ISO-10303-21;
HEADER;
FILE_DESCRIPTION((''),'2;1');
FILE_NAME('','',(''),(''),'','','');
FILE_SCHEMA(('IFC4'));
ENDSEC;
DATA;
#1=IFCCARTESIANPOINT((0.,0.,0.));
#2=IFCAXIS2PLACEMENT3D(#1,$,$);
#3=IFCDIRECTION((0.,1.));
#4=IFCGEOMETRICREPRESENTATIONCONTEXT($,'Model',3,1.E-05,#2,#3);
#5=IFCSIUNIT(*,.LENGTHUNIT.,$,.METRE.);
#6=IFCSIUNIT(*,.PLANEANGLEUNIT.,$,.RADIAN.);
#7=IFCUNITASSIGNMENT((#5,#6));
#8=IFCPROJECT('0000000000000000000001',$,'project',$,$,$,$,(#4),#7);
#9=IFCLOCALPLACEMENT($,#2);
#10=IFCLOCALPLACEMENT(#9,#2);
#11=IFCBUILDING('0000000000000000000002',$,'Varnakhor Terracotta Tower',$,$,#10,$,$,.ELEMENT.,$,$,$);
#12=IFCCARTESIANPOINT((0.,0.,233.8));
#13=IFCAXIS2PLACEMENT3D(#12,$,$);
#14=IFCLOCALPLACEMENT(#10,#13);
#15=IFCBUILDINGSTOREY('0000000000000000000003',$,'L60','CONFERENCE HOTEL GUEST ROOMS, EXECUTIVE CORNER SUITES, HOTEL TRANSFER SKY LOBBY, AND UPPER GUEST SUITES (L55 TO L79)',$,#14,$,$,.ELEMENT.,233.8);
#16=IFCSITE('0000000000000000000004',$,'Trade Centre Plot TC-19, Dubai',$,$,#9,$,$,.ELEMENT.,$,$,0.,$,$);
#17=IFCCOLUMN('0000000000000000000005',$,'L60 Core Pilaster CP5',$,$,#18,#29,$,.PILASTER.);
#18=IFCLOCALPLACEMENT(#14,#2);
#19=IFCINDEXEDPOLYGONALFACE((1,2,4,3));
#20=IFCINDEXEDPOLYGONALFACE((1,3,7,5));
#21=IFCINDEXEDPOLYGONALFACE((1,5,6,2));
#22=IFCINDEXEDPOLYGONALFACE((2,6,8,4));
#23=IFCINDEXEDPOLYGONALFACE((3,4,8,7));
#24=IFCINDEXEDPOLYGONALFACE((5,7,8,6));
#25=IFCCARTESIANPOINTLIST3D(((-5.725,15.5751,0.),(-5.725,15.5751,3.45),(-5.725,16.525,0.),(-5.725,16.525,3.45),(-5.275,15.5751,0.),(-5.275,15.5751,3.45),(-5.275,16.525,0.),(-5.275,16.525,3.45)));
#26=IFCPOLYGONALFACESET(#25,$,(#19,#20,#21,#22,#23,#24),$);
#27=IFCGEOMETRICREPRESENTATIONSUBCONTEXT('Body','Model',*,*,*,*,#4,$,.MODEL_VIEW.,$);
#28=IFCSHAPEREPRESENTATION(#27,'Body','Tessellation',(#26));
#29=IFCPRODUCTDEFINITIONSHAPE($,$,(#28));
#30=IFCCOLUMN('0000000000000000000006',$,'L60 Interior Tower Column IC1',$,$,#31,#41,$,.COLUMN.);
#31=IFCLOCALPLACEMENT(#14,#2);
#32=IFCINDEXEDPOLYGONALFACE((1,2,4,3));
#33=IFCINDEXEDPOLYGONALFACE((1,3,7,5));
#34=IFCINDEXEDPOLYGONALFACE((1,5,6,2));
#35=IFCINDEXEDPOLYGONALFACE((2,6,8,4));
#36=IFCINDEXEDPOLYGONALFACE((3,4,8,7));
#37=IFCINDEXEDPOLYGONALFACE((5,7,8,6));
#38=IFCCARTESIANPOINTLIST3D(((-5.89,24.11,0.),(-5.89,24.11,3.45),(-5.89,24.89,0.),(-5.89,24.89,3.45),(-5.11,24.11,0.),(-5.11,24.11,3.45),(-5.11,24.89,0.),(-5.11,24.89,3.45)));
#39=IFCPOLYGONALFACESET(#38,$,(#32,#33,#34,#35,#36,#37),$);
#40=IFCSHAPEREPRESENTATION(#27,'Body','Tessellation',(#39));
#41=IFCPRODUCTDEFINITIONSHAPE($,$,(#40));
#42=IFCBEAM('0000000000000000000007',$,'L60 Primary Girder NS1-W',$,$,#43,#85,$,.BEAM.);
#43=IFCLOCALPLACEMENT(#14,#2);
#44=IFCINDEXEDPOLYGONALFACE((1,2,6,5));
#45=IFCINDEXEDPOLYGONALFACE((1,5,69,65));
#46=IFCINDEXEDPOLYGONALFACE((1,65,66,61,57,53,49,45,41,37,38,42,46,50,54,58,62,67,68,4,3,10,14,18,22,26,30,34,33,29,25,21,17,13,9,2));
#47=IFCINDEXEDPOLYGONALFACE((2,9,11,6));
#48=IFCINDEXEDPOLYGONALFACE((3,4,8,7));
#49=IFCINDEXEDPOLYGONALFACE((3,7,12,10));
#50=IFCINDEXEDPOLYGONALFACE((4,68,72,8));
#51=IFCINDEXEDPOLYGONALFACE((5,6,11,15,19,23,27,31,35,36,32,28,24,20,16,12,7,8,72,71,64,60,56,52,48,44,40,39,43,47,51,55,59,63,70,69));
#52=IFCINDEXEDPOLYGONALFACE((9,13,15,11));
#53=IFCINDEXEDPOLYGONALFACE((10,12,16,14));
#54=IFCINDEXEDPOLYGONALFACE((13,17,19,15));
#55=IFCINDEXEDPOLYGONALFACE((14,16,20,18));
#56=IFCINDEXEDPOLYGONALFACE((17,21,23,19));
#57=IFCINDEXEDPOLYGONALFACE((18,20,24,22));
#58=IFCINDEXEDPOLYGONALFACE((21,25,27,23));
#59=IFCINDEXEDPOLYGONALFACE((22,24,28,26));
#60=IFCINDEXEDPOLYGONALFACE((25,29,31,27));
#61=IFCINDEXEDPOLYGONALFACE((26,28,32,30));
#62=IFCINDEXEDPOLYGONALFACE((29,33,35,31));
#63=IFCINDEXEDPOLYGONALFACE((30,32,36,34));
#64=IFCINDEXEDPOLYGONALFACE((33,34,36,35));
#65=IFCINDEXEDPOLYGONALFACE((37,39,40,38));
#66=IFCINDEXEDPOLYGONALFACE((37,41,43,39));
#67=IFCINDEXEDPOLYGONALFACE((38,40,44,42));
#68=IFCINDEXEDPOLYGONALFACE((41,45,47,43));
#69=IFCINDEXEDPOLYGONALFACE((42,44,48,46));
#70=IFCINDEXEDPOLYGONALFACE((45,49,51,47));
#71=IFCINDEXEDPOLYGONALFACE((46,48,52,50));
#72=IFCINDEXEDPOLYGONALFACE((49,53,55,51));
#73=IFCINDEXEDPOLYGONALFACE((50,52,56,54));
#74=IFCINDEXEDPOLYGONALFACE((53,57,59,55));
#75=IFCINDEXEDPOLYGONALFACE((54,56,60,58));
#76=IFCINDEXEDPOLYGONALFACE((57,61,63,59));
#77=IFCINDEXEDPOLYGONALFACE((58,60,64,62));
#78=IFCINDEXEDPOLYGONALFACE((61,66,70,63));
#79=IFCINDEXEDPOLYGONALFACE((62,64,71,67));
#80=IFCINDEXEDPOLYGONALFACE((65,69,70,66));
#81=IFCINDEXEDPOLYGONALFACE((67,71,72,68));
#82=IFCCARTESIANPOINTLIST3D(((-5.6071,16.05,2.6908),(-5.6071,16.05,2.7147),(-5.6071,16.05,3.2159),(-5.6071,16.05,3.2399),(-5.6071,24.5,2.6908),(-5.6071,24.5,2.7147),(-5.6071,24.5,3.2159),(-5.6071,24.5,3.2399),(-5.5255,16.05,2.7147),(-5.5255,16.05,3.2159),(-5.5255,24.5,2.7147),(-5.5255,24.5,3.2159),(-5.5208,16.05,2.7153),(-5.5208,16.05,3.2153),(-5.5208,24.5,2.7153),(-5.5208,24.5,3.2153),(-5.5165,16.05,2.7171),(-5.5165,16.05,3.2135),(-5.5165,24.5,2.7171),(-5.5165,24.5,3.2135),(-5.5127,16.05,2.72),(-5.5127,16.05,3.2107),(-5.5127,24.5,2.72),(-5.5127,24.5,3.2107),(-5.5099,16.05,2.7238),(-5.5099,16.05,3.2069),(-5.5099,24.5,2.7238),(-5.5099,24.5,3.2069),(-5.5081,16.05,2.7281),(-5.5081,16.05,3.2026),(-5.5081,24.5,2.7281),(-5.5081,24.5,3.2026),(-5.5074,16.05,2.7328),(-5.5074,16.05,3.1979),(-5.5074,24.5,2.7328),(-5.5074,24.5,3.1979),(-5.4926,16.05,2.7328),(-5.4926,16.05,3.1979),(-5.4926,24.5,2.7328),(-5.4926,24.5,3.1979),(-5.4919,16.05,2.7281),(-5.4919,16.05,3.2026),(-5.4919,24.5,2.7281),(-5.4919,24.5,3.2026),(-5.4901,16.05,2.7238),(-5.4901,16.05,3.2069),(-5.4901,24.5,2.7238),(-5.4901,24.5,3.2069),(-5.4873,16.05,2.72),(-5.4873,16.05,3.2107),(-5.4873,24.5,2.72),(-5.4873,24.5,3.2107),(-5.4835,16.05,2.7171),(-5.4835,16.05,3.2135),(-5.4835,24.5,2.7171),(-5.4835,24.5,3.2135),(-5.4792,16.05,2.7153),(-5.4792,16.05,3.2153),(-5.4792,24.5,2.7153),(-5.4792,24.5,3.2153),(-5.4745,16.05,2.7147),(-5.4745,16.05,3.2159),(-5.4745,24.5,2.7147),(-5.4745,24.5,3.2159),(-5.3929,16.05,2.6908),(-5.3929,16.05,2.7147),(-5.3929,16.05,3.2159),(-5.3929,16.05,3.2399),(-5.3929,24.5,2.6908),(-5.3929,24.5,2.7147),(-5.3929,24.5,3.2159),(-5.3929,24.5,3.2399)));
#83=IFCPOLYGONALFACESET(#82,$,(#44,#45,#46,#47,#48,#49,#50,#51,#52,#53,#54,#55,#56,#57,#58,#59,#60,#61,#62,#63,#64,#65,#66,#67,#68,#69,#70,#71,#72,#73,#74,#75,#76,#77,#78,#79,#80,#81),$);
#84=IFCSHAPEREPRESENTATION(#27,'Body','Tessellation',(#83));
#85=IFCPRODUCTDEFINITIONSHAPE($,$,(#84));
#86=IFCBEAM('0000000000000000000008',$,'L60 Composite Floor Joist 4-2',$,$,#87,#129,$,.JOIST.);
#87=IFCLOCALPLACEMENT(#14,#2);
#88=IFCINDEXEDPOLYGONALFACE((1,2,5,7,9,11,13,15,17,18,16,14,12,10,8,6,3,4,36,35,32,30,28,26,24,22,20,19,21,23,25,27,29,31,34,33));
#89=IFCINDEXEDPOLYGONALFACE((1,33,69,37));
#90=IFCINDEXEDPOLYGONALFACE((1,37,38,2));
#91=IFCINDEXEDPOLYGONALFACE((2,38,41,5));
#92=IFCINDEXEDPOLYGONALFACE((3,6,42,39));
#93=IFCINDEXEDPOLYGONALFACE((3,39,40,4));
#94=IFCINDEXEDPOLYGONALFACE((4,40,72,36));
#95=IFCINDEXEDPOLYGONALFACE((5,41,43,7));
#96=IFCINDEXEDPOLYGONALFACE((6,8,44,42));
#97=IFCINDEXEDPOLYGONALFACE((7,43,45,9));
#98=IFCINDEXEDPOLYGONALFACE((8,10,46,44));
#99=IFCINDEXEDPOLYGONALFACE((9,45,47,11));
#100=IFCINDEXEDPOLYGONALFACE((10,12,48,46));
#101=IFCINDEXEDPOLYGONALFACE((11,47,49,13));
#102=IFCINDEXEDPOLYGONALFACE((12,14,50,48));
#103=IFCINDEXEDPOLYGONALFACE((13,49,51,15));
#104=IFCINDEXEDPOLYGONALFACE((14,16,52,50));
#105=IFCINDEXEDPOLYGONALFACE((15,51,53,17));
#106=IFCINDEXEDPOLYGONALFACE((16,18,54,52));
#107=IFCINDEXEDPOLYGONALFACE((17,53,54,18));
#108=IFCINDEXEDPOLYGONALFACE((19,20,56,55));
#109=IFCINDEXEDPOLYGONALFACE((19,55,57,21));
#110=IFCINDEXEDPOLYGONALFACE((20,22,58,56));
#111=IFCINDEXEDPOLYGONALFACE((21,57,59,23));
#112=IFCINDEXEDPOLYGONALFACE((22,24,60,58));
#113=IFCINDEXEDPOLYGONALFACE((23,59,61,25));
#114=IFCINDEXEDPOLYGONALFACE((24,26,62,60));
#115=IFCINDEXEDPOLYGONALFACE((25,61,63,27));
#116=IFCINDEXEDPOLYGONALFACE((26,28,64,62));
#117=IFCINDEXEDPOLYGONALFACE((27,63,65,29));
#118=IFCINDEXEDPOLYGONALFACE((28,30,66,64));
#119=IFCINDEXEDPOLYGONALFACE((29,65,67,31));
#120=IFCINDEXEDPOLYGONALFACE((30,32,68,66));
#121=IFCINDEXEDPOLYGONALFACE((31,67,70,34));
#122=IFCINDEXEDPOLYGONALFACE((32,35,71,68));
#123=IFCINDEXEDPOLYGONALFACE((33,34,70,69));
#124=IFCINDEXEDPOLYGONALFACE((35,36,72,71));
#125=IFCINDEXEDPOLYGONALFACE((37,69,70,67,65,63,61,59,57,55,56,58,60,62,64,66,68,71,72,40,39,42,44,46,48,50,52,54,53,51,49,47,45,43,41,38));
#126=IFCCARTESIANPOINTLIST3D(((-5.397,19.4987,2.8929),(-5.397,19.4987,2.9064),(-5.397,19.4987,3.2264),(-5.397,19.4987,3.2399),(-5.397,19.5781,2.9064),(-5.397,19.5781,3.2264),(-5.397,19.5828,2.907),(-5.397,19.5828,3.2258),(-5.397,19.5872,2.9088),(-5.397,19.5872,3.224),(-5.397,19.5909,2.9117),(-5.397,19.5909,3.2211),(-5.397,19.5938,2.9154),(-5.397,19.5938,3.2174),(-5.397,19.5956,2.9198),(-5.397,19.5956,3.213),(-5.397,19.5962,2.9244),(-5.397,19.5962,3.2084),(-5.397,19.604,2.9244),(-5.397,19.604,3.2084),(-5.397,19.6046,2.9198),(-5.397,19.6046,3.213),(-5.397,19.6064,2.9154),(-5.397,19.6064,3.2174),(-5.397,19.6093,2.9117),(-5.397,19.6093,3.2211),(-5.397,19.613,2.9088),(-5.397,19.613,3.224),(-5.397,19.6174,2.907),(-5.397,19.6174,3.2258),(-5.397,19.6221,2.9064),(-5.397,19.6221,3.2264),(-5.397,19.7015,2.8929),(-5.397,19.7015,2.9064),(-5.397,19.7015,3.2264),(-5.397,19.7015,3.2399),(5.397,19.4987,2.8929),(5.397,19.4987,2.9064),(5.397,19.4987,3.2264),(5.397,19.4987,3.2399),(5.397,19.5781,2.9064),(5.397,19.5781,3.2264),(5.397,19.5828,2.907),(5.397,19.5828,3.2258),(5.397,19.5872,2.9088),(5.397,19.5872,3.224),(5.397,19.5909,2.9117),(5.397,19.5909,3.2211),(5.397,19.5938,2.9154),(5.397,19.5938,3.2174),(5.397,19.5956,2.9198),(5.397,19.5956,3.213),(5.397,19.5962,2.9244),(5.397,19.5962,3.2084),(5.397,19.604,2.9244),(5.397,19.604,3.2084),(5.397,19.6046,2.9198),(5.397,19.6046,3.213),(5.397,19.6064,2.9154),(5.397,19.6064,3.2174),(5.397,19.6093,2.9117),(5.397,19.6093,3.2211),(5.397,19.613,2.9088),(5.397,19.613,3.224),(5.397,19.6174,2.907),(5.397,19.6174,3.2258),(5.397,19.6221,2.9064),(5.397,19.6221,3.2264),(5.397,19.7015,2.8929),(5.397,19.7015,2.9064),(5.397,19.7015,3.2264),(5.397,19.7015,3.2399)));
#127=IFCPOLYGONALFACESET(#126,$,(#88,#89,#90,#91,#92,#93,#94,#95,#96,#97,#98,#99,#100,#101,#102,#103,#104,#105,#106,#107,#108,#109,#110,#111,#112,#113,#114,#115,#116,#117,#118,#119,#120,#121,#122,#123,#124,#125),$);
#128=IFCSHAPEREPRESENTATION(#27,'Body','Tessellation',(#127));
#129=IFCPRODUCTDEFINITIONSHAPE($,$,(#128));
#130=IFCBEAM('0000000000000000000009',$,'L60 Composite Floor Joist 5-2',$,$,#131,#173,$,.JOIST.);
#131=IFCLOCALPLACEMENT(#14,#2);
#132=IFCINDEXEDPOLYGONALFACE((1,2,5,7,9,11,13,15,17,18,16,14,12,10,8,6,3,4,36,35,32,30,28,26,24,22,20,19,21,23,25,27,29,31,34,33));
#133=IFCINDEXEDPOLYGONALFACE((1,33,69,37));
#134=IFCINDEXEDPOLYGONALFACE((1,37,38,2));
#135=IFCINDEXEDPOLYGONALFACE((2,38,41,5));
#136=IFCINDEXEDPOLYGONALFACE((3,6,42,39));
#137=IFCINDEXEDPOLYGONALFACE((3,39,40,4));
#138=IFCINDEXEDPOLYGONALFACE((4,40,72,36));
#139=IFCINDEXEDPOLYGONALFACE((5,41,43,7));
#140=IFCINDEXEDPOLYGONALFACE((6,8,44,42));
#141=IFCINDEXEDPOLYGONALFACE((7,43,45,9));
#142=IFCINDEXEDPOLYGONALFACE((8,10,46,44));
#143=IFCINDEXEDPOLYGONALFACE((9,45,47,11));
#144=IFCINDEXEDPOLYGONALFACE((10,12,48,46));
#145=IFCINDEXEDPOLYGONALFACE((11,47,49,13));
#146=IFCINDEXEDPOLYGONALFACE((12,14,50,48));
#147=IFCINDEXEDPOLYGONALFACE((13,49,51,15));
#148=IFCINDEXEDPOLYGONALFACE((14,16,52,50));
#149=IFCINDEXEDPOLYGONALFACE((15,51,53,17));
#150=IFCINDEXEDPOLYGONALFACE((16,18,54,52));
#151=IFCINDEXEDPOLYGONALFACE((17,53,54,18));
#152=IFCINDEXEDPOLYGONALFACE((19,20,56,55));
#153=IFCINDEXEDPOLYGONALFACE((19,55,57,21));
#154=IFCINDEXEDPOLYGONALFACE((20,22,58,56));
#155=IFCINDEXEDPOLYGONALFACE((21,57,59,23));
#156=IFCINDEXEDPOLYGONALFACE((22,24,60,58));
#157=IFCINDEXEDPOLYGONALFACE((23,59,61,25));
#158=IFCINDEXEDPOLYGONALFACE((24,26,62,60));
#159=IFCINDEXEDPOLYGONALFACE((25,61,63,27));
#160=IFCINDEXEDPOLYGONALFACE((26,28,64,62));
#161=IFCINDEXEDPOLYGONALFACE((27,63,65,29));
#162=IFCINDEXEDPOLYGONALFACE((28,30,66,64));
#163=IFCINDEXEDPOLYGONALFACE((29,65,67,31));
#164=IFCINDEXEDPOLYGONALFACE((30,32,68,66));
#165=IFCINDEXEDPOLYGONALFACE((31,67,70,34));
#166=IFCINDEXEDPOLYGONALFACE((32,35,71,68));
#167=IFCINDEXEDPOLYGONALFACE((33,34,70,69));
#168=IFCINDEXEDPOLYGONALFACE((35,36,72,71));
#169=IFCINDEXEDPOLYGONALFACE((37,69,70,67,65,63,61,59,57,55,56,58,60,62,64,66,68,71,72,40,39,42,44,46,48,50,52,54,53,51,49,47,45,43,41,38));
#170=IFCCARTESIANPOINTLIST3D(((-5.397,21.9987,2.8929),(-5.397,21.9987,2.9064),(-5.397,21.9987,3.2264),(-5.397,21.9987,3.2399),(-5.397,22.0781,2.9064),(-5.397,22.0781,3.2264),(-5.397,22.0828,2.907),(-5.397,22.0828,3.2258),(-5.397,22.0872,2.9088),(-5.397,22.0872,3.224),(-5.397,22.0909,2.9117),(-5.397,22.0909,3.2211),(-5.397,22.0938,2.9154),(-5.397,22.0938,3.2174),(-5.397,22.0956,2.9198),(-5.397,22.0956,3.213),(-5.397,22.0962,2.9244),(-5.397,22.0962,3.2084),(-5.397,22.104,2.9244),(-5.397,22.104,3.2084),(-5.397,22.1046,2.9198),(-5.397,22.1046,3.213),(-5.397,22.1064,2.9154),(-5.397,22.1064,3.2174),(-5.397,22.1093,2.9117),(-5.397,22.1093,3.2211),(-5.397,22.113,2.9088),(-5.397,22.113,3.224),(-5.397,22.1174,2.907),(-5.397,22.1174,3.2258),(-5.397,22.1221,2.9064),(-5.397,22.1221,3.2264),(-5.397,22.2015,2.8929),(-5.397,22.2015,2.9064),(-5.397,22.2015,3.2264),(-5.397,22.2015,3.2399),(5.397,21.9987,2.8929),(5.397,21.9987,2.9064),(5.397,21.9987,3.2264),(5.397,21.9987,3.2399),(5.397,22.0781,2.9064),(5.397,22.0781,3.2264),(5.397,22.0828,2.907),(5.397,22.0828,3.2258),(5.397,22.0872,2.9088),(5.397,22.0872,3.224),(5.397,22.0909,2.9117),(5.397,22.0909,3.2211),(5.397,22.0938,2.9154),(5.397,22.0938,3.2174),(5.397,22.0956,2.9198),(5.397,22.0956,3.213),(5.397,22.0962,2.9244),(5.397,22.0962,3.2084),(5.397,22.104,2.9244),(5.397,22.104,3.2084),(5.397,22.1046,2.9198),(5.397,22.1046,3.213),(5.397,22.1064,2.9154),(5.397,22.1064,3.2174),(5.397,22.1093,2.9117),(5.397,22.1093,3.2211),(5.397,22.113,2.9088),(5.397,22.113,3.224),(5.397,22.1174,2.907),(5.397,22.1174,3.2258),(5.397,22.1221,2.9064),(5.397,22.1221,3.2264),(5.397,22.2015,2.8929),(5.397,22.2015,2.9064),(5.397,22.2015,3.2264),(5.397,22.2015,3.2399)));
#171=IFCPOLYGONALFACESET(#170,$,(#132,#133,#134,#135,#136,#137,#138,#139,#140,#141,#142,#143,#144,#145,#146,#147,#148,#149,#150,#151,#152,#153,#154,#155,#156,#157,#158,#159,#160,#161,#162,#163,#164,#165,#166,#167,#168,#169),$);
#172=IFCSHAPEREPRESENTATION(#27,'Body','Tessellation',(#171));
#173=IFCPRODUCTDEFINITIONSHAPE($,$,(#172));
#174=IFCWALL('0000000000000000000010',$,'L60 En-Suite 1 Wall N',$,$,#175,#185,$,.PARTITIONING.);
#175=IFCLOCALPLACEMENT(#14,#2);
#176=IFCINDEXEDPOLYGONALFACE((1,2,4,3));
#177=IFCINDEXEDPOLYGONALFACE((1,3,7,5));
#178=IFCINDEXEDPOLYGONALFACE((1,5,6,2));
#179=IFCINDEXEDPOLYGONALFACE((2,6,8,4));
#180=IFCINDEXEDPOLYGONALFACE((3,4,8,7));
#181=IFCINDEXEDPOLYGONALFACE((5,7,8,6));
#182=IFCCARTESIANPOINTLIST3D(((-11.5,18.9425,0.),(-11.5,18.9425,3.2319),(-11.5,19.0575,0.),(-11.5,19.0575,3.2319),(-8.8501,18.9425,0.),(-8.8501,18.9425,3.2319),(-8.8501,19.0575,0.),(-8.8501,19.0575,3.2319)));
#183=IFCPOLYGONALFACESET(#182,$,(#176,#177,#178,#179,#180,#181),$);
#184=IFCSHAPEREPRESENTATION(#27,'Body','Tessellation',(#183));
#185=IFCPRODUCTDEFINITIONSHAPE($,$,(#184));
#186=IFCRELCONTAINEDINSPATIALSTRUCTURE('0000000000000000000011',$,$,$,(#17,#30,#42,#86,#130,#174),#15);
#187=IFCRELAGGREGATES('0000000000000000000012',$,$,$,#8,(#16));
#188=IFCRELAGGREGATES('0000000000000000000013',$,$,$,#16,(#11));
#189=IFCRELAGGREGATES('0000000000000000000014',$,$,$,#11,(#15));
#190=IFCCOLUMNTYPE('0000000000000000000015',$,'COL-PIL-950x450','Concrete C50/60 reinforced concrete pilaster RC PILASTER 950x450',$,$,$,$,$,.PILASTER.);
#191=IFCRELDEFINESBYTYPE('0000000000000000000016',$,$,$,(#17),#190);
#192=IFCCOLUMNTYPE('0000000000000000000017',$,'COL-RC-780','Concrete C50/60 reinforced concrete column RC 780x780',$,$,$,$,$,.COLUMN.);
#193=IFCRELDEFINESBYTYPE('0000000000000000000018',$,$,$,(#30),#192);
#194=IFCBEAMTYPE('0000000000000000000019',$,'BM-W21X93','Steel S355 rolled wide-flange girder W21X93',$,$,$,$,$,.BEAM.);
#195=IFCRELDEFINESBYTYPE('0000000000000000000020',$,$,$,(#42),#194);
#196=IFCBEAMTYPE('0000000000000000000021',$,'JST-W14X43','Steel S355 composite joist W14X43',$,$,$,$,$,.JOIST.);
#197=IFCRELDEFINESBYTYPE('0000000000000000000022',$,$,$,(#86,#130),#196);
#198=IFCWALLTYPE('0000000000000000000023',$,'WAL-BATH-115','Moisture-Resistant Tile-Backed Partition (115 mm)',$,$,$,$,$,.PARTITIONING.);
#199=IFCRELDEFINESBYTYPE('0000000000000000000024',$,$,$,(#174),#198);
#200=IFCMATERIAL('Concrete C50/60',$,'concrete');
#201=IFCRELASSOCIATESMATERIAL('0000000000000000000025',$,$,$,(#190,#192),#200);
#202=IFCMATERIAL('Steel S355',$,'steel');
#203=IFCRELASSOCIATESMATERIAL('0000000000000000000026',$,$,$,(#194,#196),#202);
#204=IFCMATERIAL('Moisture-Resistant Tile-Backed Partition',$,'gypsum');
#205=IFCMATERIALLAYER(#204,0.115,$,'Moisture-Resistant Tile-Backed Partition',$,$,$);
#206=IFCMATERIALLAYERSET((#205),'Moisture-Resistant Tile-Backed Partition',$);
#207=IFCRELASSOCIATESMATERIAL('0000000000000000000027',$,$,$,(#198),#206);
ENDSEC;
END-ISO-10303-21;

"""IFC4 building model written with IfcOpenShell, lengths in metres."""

from ifc_helpers import new_model, si_unit, direction, frame, frame_2d, origin, origin_2d, place, context, subcontext, project, spatial, rectangle, i_section, extrude, source, transform, mapped, material, layer, layer_set, material_profile, profile_set, type_object, type_shapes, element, save


model = new_model("IFC4")

# Units and contexts
model_context = context("Model", 3, precision=1e-05, world=origin(), true_north=direction((0.0, 1.0)))
body_context = subcontext(model_context, "Body", "Model", "MODEL_VIEW")
ifc_project = project(units=[si_unit("LENGTHUNIT", "METRE"), si_unit("PLANEANGLEUNIT", "RADIAN")], contexts=[model_context])

# Site, building, storey
site_placement = place(None, origin())
site = spatial("IfcSite", under=ifc_project, at=site_placement, Name="Trade Centre Plot TC-19, Dubai", CompositionType="ELEMENT", RefElevation=0.0)
building_placement = place(site_placement, origin())
building = spatial("IfcBuilding", under=site, at=building_placement, Name="Varnakhor Terracotta Tower", CompositionType="ELEMENT")
storey_placement = place(building_placement, frame((0.0, 0.0, 233.8)))
storey = spatial("IfcBuildingStorey", under=building, at=storey_placement, Name="L60", Description="CONFERENCE HOTEL GUEST ROOMS, EXECUTIVE CORNER SUITES, HOTEL TRANSFER SKY LOBBY, AND UPPER GUEST SUITES (L55 TO L79)", CompositionType="ELEMENT", Elevation=233.8)

# Columns
ifc_material_1 = material(Name="Concrete C50/60", Category="concrete")
ifc_material_profile_1 = material_profile(ifc_material_1, rectangle(XDim=0.45, YDim=0.95, at=origin_2d()), Name="RC PILASTER 950x450")
ifc_profile_set_1 = profile_set([ifc_material_profile_1], Name="Concrete C50/60")
column_type_1 = type_object("IfcColumnType", Name="COL-PIL-950x450", Description="Concrete C50/60 reinforced concrete pilaster RC PILASTER 950x450", PredefinedType="PILASTER", material=ifc_profile_set_1)
shared_shape_1 = source(origin(), body_context, "Body", "SweptSolid", [
    extrude(rectangle(XDim=0.45, YDim=0.95, at=origin_2d()), origin(), (0.0, 0.0, 1.0), 3.45),
])
column_1_placement = place(storey_placement, frame((-5.5, 16.05, 0.0), z_axis=(0.0, 0.0, 1.0), x_axis=(1.0, 0.0, 0.0)))
element("IfcColumn", 1, at=column_1_placement, inside=storey, type_object=column_type_1, Name="L60 Core Pilaster CP5", PredefinedType="PILASTER", context=body_context, shape_type="MappedRepresentation", body=[
    mapped(shared_shape_1, transform((0.0, 0.0, 0.0), scale=1.0)),
])
ifc_material_profile_2 = material_profile(ifc_material_1, rectangle(XDim=0.78, YDim=0.78, at=origin_2d()), Name="RC 780x780")
ifc_profile_set_2 = profile_set([ifc_material_profile_2], Name="Concrete C50/60")
column_type_2 = type_object("IfcColumnType", Name="COL-RC-780", Description="Concrete C50/60 reinforced concrete column RC 780x780", PredefinedType="COLUMN", material=ifc_profile_set_2)
shared_shape_2 = source(origin(), body_context, "Body", "SweptSolid", [
    extrude(rectangle(XDim=0.78, YDim=0.78, at=origin_2d()), origin(), (0.0, 0.0, 1.0), 3.45),
])
column_2_placement = place(storey_placement, frame((-5.5, 24.5, 0.0), z_axis=(0.0, 0.0, 1.0), x_axis=(1.0, 0.0, 0.0)))
element("IfcColumn", 2, at=column_2_placement, inside=storey, type_object=column_type_2, Name="L60 Interior Tower Column IC1", PredefinedType="COLUMN", context=body_context, shape_type="MappedRepresentation", body=[
    mapped(shared_shape_2, transform((0.0, 0.0, 0.0), scale=1.0)),
])

# Beams
ifc_material_2 = material(Name="Steel S355", Category="steel")
ifc_material_profile_3 = material_profile(ifc_material_2, i_section(OverallWidth=0.2141, OverallDepth=0.5491, WebThickness=0.0149, FlangeThickness=0.0239, FilletRadius=0.0181, at=origin_2d()), Name="W21X93")
ifc_profile_set_3 = profile_set([ifc_material_profile_3], Name="Steel S355")
beam_type_1 = type_object("IfcBeamType", Name="BM-W21X93", Description="Steel S355 rolled wide-flange girder W21X93", PredefinedType="BEAM", material=ifc_profile_set_3)
shared_shape_3 = source(origin(), body_context, "Body", "SweptSolid", [
    extrude(i_section(OverallWidth=0.2141, OverallDepth=0.5491, WebThickness=0.0149, FlangeThickness=0.0239, FilletRadius=0.0181, at=origin_2d()), origin(), (0.0, 0.0, 1.0), 8.45),
])
type_shapes(beam_type_1, [shared_shape_3])
beam_placement = place(storey_placement, frame((-5.5, 16.05, 2.9653), z_axis=(0.0, 1.0, 0.0), x_axis=(-1.0, 0.0, 0.0)))
element("IfcBeam", 3, at=beam_placement, inside=storey, type_object=beam_type_1, Name="L60 Primary Girder NS1-W", PredefinedType="BEAM", context=body_context, shape_type="MappedRepresentation", body=[
    mapped(shared_shape_3, transform((0.0, 0.0, 0.0), scale=1.0)),
])
ifc_material_profile_4 = material_profile(ifc_material_2, i_section(OverallWidth=0.2029, OverallDepth=0.3469, WebThickness=0.0078, FlangeThickness=0.0134, FilletRadius=0.0181, at=origin_2d()), Name="W14X43")
ifc_profile_set_4 = profile_set([ifc_material_profile_4], Name="Steel S355")
beam_type_2 = type_object("IfcBeamType", Name="JST-W14X43", Description="Steel S355 composite joist W14X43", PredefinedType="JOIST", material=ifc_profile_set_4)
shared_shape_4 = source(origin(), body_context, "Body", "SweptSolid", [
    extrude(i_section(OverallWidth=0.2029, OverallDepth=0.3469, WebThickness=0.0078, FlangeThickness=0.0134, FilletRadius=0.0181, at=origin_2d()), origin(), (0.0, 0.0, 1.0), 10.7939),
])
for number, where, z_axis, x_axis, name in (
    (4, (-5.397, 19.6001, 3.0664), (1.0, 0.0, 0.0), (0.0, 1.0, 0.0), "L60 Composite Floor Joist 4-2"),
    (5, (-5.397, 22.1001, 3.0664), (1.0, 0.0, 0.0), (0.0, 1.0, 0.0), "L60 Composite Floor Joist 5-2"),
):
    element("IfcBeam", number, at=place(storey_placement, frame(where, z_axis=z_axis, x_axis=x_axis)), inside=storey, type_object=beam_type_2, Name=name, PredefinedType="JOIST", context=body_context, shape_type="MappedRepresentation", body=[
        mapped(shared_shape_4, transform((0.0, 0.0, 0.0), scale=1.0)),
    ])

# Wall
ifc_material_3 = material(Name="Moisture-Resistant Tile-Backed Partition", Category="gypsum")
ifc_layer_1 = layer(ifc_material_3, 0.115, Name="Moisture-Resistant Tile-Backed Partition")
ifc_layer_set_1 = layer_set([ifc_layer_1], Name="Moisture-Resistant Tile-Backed Partition")
wall_type_1 = type_object("IfcWallType", Name="WAL-BATH-115", Description="Moisture-Resistant Tile-Backed Partition (115 mm)", PredefinedType="PARTITIONING", material=ifc_layer_set_1)
wall_1_placement = place(storey_placement, frame((-11.5, 19.0, 0.0), z_axis=(0.0, 0.0, 1.0), x_axis=(1.0, 0.0, 0.0)))
element("IfcWall", 6, at=wall_1_placement, inside=storey, type_object=wall_type_1, Name="L60 En-Suite 1 Wall N", PredefinedType="PARTITIONING", context=body_context, shape_type="SweptSolid", body=[
    extrude(rectangle(XDim=2.6499, YDim=0.115, at=frame_2d((1.325, 0.0))), origin(), (0.0, 0.0, 1.0), 3.2319),
])

save(model, "model.ifc")
